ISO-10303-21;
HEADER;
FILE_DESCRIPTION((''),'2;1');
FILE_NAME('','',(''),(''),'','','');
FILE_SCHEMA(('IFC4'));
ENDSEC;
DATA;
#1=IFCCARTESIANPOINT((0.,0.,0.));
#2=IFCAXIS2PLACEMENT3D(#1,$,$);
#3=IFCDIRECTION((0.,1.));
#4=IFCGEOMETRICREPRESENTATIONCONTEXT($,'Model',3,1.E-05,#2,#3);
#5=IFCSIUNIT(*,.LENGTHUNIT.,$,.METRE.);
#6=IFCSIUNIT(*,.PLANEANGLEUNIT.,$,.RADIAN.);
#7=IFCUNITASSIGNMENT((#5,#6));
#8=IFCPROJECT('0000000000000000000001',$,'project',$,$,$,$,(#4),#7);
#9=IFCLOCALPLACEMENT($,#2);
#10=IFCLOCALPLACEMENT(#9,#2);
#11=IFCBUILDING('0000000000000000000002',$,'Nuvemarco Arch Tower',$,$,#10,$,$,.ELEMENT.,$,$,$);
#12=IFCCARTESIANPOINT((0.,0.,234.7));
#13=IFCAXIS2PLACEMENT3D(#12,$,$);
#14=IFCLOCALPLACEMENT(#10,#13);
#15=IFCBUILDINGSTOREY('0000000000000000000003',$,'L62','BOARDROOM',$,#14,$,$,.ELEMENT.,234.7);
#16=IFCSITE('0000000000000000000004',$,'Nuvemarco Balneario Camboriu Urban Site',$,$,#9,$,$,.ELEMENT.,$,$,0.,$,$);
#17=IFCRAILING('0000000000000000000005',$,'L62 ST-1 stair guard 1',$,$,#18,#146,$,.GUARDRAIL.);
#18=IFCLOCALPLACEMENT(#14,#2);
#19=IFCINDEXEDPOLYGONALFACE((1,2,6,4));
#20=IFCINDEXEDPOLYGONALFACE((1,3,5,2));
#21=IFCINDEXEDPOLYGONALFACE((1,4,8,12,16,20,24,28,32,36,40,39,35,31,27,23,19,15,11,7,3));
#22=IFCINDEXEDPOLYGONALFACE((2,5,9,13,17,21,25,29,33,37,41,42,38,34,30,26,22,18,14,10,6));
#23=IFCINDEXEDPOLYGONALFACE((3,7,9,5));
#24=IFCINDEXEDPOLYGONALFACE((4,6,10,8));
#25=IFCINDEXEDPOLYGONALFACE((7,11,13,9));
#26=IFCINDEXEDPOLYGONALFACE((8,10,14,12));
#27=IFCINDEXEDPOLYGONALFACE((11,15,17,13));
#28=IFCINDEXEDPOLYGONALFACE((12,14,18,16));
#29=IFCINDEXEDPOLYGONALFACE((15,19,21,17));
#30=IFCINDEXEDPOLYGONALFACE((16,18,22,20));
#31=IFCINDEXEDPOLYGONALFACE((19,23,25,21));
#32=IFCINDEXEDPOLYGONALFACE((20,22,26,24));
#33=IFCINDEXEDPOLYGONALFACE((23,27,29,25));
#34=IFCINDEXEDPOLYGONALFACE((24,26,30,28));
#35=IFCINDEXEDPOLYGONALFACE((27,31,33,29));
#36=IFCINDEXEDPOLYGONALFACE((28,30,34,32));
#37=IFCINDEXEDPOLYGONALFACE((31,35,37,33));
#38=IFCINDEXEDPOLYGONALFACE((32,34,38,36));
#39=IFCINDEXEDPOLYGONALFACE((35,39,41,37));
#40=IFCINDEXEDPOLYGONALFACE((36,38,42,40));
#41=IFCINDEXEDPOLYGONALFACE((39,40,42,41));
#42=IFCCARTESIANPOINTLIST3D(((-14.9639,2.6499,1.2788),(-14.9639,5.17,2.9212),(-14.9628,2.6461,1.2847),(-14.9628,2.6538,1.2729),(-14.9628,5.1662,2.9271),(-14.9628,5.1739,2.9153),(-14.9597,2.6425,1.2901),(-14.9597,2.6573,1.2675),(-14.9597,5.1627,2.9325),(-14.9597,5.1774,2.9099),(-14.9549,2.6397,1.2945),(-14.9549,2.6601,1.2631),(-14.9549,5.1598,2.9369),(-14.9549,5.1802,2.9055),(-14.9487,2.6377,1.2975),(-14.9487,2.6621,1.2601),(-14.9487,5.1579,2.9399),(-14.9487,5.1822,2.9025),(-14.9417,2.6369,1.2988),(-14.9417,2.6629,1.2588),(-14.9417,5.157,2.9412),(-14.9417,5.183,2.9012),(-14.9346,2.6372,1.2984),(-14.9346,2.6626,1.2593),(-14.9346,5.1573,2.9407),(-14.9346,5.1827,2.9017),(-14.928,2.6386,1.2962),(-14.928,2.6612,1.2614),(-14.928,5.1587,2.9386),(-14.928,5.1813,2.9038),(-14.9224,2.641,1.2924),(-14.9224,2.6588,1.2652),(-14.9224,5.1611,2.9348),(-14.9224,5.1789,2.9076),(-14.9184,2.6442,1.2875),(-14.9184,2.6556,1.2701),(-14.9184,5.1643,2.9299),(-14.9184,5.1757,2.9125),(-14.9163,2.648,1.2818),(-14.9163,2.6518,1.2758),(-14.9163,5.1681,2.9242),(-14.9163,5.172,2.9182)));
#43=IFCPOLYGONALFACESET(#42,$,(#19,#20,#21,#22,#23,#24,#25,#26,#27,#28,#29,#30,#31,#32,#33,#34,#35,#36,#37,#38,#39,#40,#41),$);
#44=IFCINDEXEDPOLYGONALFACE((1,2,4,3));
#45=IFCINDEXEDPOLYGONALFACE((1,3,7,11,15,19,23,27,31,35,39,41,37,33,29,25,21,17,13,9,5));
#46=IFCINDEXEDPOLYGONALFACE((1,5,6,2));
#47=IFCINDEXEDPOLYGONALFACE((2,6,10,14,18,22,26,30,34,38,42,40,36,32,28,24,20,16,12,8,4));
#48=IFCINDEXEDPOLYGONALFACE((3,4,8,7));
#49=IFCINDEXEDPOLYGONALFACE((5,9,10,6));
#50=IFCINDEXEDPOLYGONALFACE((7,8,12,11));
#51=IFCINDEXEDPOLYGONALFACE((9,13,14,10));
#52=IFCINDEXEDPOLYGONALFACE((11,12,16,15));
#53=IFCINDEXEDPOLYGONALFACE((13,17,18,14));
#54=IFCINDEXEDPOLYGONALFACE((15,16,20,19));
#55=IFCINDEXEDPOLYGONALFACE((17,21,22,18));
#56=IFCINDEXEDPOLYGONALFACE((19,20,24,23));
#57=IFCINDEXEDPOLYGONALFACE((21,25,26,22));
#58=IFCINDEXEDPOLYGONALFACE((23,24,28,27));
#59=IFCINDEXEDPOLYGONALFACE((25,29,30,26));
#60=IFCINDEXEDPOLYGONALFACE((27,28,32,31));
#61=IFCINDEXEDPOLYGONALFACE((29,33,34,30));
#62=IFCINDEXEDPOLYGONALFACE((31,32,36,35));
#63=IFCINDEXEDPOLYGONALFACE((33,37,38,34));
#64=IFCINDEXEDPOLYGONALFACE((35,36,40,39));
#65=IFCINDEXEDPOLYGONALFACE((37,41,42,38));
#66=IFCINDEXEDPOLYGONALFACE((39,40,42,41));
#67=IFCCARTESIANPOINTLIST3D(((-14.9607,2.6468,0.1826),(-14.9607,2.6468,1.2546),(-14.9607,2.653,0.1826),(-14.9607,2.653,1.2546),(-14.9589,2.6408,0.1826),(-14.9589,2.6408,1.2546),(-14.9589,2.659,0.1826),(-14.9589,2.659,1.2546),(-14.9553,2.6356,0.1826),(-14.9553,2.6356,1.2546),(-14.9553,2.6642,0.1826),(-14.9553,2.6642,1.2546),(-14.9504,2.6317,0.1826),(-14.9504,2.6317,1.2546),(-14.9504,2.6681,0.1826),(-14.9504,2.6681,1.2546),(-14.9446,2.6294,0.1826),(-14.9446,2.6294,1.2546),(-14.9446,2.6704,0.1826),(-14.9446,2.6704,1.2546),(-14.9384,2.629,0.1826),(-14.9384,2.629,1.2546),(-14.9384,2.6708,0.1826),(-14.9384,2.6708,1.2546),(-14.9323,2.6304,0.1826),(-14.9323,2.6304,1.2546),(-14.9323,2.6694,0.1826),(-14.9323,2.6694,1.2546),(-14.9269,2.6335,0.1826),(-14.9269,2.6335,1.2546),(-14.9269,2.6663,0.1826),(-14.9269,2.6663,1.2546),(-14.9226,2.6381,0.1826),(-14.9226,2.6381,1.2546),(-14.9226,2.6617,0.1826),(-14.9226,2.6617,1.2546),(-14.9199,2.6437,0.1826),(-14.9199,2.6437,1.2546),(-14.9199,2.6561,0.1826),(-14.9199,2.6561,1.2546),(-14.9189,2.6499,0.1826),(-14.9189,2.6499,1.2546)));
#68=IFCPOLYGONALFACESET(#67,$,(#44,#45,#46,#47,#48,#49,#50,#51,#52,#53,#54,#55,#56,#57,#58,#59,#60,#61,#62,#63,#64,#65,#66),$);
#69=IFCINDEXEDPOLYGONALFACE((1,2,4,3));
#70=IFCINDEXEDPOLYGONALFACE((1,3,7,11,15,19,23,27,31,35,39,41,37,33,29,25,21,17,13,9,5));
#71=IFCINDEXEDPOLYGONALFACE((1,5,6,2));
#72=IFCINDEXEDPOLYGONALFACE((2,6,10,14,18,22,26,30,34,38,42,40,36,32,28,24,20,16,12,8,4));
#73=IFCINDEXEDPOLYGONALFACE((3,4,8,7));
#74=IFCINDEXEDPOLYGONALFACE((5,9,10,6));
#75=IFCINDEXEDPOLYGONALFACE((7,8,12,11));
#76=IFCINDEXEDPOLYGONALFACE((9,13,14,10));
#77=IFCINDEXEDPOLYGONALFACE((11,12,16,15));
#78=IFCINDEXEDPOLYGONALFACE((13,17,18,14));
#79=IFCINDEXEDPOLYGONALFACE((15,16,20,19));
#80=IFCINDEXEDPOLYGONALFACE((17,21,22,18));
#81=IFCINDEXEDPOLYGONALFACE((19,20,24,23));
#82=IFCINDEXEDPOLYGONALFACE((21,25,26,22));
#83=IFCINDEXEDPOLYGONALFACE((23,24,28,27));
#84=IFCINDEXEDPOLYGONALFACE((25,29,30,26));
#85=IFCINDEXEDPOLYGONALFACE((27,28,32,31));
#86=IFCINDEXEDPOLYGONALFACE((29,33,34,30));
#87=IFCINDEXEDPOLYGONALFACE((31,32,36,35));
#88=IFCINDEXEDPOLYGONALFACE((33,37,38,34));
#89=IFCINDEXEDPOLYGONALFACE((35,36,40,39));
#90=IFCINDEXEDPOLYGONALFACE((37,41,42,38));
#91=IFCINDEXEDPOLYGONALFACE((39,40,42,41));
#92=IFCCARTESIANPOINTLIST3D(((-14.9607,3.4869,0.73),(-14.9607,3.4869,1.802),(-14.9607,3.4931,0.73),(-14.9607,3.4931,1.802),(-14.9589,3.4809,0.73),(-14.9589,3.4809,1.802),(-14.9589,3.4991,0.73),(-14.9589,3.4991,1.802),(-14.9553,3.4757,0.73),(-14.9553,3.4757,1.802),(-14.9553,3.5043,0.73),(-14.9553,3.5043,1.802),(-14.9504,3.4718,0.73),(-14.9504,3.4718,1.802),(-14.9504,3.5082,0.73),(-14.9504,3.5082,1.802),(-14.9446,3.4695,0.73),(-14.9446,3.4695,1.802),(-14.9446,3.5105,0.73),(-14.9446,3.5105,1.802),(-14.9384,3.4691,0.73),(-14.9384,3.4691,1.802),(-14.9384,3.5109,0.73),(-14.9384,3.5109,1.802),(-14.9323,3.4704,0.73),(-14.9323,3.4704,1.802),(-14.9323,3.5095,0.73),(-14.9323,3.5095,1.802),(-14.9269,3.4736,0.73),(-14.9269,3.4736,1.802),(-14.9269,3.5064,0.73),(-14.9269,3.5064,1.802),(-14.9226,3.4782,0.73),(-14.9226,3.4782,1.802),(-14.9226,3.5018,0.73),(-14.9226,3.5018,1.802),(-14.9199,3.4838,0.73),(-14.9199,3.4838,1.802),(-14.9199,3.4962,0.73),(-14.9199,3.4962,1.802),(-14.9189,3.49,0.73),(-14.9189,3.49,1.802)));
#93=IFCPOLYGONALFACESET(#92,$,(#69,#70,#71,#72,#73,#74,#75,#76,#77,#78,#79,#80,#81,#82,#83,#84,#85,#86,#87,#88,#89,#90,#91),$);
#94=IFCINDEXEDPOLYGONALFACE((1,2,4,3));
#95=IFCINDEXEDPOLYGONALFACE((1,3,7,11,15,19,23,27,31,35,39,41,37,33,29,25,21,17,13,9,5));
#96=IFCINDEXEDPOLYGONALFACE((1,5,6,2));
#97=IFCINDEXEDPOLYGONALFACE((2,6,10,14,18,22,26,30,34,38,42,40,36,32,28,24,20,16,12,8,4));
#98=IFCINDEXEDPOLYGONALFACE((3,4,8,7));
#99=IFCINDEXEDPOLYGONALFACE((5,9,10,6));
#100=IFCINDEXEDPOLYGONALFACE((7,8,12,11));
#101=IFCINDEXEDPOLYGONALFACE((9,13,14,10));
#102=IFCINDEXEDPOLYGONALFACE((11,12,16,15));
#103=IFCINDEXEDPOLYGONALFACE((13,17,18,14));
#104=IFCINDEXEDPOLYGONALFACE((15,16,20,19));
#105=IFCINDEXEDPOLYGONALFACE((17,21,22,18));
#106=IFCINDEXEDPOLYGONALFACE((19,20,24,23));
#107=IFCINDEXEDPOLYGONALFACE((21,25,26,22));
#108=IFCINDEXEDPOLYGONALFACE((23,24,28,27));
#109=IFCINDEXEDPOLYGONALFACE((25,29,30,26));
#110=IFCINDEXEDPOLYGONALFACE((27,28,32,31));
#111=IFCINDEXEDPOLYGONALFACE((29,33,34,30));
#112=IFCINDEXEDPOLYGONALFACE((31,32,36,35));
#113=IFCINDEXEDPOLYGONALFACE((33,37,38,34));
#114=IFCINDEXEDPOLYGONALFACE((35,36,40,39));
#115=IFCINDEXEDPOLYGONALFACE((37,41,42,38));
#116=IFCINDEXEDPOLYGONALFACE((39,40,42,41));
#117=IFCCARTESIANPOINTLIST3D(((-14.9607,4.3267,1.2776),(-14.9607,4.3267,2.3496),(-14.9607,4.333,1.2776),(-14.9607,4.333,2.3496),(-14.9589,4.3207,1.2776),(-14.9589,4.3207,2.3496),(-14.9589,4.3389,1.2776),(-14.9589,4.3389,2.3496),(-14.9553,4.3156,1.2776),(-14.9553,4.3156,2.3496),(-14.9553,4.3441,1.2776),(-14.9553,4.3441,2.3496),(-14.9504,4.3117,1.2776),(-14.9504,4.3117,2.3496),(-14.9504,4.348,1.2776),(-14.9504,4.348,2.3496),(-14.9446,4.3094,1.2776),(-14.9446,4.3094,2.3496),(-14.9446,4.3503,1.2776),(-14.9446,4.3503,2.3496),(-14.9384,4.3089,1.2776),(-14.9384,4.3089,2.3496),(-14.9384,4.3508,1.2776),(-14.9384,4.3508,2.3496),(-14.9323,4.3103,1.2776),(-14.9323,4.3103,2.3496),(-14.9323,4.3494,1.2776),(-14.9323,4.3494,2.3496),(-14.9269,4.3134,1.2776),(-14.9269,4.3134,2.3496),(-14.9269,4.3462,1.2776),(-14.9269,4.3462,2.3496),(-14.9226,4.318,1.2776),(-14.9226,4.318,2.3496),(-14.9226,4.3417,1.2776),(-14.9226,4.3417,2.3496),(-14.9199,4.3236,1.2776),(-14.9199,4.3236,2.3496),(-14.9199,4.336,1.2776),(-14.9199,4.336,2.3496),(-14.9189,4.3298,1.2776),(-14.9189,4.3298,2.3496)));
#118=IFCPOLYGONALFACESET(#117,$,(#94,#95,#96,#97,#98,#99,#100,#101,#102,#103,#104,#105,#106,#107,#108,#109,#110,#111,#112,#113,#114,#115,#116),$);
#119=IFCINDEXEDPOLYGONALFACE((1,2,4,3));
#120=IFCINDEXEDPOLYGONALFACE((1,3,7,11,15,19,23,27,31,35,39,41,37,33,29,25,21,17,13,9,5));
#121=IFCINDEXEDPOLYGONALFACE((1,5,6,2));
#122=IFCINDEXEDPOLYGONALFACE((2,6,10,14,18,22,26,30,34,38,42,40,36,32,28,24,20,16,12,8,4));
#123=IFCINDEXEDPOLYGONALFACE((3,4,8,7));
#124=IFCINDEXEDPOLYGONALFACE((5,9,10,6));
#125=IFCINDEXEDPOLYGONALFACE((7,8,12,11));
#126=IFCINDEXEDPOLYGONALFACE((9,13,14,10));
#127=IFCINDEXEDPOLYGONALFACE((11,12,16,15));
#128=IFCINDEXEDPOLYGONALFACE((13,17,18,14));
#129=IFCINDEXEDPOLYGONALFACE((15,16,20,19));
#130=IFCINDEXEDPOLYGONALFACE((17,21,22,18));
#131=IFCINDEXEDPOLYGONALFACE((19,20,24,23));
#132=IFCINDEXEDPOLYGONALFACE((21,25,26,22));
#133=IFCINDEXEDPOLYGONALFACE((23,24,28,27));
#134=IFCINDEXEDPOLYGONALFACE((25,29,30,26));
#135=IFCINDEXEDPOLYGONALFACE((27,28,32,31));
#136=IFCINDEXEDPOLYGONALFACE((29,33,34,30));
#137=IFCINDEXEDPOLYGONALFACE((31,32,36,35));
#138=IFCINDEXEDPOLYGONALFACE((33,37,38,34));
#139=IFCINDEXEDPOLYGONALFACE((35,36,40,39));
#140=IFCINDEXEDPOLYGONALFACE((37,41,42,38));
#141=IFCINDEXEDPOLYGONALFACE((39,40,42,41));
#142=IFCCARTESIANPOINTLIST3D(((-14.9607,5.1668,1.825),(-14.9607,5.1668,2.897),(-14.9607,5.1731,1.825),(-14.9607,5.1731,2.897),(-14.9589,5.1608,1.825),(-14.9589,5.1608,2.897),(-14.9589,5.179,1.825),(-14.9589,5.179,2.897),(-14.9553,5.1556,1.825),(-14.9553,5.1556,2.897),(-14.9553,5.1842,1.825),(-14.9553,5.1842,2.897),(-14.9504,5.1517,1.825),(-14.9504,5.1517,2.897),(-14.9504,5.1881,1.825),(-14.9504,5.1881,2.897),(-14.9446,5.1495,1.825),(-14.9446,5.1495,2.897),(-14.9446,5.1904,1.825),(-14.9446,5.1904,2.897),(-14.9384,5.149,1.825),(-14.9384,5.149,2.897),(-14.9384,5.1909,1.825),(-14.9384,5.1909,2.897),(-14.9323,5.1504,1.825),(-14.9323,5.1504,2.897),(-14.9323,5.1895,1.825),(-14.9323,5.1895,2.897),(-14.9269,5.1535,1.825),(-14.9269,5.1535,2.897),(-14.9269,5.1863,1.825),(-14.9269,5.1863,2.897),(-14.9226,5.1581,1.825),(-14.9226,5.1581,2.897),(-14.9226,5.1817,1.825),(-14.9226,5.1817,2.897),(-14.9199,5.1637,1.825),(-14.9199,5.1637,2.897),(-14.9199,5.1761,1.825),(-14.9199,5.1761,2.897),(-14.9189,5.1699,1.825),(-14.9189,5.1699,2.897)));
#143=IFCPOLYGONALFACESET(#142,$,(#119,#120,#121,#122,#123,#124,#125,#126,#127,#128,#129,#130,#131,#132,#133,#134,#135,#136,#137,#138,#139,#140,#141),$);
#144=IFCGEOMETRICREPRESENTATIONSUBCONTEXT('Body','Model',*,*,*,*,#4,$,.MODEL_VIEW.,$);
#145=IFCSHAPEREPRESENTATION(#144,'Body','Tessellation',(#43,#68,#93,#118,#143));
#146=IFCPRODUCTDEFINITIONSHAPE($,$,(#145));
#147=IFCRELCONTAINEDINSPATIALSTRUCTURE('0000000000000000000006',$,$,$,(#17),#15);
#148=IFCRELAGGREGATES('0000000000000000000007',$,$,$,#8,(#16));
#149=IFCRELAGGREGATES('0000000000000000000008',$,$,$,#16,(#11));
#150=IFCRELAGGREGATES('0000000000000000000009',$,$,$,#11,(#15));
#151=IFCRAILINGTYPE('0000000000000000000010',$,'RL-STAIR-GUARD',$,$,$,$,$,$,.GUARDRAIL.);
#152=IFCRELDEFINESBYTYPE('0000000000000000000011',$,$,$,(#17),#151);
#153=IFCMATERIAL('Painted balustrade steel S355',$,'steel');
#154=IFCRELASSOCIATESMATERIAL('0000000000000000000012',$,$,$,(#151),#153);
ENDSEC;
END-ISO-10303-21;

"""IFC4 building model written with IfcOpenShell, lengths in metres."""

from ifc_helpers import new_model, si_unit, direction, frame, origin, origin_2d, place, context, subcontext, project, spatial, circle, extrude, material, type_object, element, save


model = new_model("IFC4")

# Units and contexts
model_context = context("Model", 3, precision=1e-05, world=origin(), true_north=direction((0.0, 1.0)))
body_context = subcontext(model_context, "Body", "Model", "MODEL_VIEW")
ifc_project = project(units=[si_unit("LENGTHUNIT", "METRE"), si_unit("PLANEANGLEUNIT", "RADIAN")], contexts=[model_context])

# Site, building, storey
site_placement = place(None, origin())
site = spatial("IfcSite", under=ifc_project, at=site_placement, Name="Nuvemarco Balneario Camboriu Urban Site", CompositionType="ELEMENT", RefElevation=0.0)
building_placement = place(site_placement, origin())
building = spatial("IfcBuilding", under=site, at=building_placement, Name="Nuvemarco Arch Tower", CompositionType="ELEMENT")
storey_placement = place(building_placement, frame((0.0, 0.0, 234.7)))
storey = spatial("IfcBuildingStorey", under=building, at=storey_placement, Name="L62", Description="BOARDROOM", CompositionType="ELEMENT", Elevation=234.7)

# Railing
ifc_material_1 = material(Name="Painted balustrade steel S355", Category="steel")
railing_type_1 = type_object("IfcRailingType", Name="RL-STAIR-GUARD", PredefinedType="GUARDRAIL", material=ifc_material_1)
railing_1_placement = place(storey_placement, frame((-14.9399, 2.6499, 0.1826)))
element("IfcRailing", 1, at=railing_1_placement, inside=storey, type_object=railing_type_1, Name="L62 ST-1 stair guard 1", PredefinedType="GUARDRAIL", context=body_context, shape_type="SweptSolid", body=[
    extrude(circle(Radius=0.0239, at=origin_2d()), frame((0.0, 0.0, 1.0962), z_axis=(0.0, 0.837787, 0.545998), x_axis=(-1.0, 0.0, 0.0)), (0.0, 0.0, 1.0), 3.0081),
    extrude(circle(Radius=0.021, at=origin_2d()), origin(), (0.0, 0.0, 1.0), 1.072),
    extrude(circle(Radius=0.021, at=origin_2d()), frame((0.0, 0.8401, 0.5474)), (0.0, 0.0, 1.0), 1.072),
    extrude(circle(Radius=0.021, at=origin_2d()), frame((0.0, 1.6799, 1.095)), (0.0, 0.0, 1.0), 1.072),
    extrude(circle(Radius=0.021, at=origin_2d()), frame((0.0, 2.52, 1.6423)), (0.0, 0.0, 1.0), 1.072),
])

save(model, "model.ifc")
